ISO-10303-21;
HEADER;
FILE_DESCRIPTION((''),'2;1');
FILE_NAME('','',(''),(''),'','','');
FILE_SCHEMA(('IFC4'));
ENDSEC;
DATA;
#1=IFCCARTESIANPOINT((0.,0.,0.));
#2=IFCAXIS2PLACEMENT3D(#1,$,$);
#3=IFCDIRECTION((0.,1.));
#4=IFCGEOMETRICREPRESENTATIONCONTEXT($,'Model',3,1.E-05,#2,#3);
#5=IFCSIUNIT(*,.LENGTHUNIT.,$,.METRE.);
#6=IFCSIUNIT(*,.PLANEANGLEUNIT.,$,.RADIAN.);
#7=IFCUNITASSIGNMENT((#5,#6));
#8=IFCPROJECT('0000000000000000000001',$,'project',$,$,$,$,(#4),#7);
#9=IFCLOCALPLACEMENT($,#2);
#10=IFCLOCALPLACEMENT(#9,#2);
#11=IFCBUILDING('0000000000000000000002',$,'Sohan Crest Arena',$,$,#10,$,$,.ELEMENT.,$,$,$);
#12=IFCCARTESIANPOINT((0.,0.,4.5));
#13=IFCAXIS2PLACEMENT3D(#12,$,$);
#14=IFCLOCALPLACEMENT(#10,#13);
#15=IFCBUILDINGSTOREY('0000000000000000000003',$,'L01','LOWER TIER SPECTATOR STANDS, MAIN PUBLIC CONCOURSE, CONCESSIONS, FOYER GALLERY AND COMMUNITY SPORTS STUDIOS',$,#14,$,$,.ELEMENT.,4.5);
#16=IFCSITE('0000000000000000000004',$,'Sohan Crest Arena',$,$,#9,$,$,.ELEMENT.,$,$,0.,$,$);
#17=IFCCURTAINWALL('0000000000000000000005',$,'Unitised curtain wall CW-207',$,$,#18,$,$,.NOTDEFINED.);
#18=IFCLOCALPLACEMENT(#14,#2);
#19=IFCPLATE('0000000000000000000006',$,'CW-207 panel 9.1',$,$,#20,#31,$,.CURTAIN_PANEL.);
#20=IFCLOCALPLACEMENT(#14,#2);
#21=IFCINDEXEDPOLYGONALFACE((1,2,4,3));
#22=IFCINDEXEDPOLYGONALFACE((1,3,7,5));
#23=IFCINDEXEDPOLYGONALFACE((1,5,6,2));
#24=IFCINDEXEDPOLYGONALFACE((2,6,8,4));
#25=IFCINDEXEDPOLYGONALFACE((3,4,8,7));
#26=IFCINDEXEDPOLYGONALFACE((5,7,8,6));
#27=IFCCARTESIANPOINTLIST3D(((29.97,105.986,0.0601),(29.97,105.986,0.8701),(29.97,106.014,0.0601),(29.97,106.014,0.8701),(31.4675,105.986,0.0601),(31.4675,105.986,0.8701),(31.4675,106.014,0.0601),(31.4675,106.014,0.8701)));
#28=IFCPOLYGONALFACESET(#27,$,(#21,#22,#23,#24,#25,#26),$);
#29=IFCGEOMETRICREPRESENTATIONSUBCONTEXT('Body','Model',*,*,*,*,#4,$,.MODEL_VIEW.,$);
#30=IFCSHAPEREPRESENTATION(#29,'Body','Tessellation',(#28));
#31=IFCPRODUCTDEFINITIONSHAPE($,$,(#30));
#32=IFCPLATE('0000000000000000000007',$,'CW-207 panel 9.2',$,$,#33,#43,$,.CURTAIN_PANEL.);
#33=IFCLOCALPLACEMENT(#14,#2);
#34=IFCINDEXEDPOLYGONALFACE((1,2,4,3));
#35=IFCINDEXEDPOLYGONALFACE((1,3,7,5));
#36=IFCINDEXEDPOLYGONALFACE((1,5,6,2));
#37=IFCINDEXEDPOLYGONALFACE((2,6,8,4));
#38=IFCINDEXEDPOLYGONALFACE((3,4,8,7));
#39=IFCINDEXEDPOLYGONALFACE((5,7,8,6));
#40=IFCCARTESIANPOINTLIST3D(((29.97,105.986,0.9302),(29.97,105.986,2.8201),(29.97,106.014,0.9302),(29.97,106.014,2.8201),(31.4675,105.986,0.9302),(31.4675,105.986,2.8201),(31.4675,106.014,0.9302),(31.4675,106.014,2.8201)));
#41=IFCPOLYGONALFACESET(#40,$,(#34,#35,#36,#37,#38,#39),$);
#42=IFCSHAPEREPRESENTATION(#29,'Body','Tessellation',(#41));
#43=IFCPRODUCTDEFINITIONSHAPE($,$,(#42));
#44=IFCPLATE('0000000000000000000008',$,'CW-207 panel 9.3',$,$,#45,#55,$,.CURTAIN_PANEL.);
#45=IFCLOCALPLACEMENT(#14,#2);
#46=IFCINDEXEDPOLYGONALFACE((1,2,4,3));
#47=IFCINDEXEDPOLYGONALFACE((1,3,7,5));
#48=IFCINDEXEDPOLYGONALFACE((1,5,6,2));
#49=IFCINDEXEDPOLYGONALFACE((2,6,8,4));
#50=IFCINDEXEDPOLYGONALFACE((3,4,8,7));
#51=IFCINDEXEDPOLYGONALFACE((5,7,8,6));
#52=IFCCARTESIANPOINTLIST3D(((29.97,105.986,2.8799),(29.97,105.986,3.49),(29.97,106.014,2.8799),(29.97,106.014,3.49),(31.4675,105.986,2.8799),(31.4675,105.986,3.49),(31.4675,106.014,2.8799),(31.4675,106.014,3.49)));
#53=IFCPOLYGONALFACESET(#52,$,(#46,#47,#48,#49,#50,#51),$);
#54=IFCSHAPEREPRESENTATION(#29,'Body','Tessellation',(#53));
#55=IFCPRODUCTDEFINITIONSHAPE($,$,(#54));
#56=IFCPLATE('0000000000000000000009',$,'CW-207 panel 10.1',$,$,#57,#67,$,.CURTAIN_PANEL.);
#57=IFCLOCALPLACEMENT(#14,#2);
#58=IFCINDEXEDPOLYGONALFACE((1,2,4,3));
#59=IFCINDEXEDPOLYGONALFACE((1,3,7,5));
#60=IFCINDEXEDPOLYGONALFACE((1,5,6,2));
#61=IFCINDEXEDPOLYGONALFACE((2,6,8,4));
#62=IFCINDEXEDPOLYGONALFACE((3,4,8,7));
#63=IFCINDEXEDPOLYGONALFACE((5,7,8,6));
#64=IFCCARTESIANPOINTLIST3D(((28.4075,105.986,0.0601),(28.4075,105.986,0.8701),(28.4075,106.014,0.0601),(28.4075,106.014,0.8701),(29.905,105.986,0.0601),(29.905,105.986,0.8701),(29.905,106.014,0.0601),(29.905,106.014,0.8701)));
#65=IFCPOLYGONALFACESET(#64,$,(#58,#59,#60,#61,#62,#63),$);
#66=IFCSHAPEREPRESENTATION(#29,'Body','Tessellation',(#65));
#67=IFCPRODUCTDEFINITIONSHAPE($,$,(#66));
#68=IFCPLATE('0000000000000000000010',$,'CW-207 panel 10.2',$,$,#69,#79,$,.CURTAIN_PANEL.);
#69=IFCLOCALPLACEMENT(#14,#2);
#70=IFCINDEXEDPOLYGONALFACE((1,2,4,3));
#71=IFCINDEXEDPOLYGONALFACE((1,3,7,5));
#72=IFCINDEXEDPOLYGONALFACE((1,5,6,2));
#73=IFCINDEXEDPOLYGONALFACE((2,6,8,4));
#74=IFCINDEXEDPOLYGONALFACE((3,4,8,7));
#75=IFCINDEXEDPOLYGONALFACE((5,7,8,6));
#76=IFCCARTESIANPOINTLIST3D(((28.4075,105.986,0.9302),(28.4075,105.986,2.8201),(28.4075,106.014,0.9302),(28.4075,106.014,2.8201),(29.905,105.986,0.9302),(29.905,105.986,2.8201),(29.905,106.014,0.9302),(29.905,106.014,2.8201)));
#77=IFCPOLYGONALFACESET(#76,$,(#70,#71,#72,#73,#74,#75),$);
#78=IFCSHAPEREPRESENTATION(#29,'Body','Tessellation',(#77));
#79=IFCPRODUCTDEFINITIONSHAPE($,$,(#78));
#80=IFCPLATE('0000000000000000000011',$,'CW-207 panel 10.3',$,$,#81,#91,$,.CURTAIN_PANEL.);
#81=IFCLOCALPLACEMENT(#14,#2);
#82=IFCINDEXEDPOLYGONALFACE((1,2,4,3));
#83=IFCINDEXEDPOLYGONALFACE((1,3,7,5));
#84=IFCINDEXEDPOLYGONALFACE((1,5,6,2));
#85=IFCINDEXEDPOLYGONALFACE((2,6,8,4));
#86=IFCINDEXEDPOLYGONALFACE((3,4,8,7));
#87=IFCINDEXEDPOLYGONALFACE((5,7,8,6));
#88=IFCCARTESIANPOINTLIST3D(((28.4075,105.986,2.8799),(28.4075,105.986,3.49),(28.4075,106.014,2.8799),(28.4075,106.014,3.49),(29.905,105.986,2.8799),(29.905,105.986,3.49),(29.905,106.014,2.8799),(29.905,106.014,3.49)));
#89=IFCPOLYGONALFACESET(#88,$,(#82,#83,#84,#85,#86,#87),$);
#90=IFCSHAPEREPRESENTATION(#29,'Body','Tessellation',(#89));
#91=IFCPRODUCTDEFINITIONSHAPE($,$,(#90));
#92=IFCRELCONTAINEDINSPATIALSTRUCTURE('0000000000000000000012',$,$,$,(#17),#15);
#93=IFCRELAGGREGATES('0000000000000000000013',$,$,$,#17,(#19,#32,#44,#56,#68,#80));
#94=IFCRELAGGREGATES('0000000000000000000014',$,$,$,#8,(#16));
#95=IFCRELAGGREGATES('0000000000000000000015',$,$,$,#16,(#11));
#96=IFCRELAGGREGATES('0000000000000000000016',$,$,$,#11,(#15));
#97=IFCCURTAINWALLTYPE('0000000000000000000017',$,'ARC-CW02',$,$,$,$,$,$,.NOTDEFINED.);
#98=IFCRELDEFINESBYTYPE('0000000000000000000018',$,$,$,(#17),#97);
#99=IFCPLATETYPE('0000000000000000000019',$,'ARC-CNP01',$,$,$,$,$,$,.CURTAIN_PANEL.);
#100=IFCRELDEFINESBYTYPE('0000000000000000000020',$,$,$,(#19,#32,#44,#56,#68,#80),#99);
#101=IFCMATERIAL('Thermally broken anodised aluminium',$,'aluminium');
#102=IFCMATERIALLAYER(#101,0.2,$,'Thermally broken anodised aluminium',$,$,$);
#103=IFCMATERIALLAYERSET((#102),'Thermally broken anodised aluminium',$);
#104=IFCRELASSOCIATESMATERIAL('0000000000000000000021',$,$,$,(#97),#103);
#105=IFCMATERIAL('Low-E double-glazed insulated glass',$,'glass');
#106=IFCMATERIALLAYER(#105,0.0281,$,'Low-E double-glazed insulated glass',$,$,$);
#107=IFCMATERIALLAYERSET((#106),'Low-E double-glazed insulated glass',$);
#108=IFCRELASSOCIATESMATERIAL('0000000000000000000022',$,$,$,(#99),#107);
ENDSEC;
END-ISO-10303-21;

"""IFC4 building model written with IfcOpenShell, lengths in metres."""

from ifc_helpers import new_model, si_unit, direction, frame, origin, origin_2d, place, context, subcontext, project, spatial, rectangle, extrude, material, layer, layer_set, type_object, element, aggregate, save


model = new_model("IFC4")

# Units and contexts
model_context = context("Model", 3, precision=1e-05, world=origin(), true_north=direction((0.0, 1.0)))
body_context = subcontext(model_context, "Body", "Model", "MODEL_VIEW")
ifc_project = project(units=[si_unit("LENGTHUNIT", "METRE"), si_unit("PLANEANGLEUNIT", "RADIAN")], contexts=[model_context])

# Site, building, storey
site_placement = place(None, origin())
site = spatial("IfcSite", under=ifc_project, at=site_placement, Name="Sohan Crest Arena", CompositionType="ELEMENT", RefElevation=0.0)
building_placement = place(site_placement, origin())
building = spatial("IfcBuilding", under=site, at=building_placement, Name="Sohan Crest Arena", CompositionType="ELEMENT")
storey_placement = place(building_placement, frame((0.0, 0.0, 4.5)))
storey = spatial("IfcBuildingStorey", under=building, at=storey_placement, Name="L01", Description="LOWER TIER SPECTATOR STANDS, MAIN PUBLIC CONCOURSE, CONCESSIONS, FOYER GALLERY AND COMMUNITY SPORTS STUDIOS", CompositionType="ELEMENT", Elevation=4.5)

# Curtain wall, plates
ifc_material_1 = material(Name="Thermally broken anodised aluminium", Category="aluminium")
ifc_layer_1 = layer(ifc_material_1, 0.2, Name="Thermally broken anodised aluminium")
ifc_layer_set_1 = layer_set([ifc_layer_1], Name="Thermally broken anodised aluminium")
curtain_wall_type = type_object("IfcCurtainWallType", Name="ARC-CW02", PredefinedType="NOTDEFINED", material=ifc_layer_set_1)
curtain_wall_placement = place(storey_placement, origin())
curtain_wall = element("IfcCurtainWall", 1, at=curtain_wall_placement, inside=storey, type_object=curtain_wall_type, Name="Unitised curtain wall CW-207", PredefinedType="NOTDEFINED")
ifc_material_2 = material(Name="Low-E double-glazed insulated glass", Category="glass")
ifc_layer_2 = layer(ifc_material_2, 0.0281, Name="Low-E double-glazed insulated glass")
ifc_layer_set_2 = layer_set([ifc_layer_2], Name="Low-E double-glazed insulated glass")
plate_type = type_object("IfcPlateType", Name="ARC-CNP01", PredefinedType="CURTAIN_PANEL", material=ifc_layer_set_2)
plate_1_placement = place(storey_placement, frame((30.7188, 106.0, 0.0601), z_axis=(0.0, 0.0, 1.0), x_axis=(-1.0, 0.0, 0.0)))
plate_1 = element("IfcPlate", 2, at=plate_1_placement, type_object=plate_type, Name="CW-207 panel 9.1", PredefinedType="CURTAIN_PANEL", context=body_context, shape_type="SweptSolid", body=[
    extrude(rectangle(XDim=1.4976, YDim=0.0281, at=origin_2d()), origin(), (0.0, 0.0, 1.0), 0.8101),
])
plate_2_placement = place(storey_placement, frame((30.7188, 106.0, 0.9302), z_axis=(0.0, 0.0, 1.0), x_axis=(-1.0, 0.0, 0.0)))
plate_2 = element("IfcPlate", 3, at=plate_2_placement, type_object=plate_type, Name="CW-207 panel 9.2", PredefinedType="CURTAIN_PANEL", context=body_context, shape_type="SweptSolid", body=[
    extrude(rectangle(XDim=1.4976, YDim=0.0281, at=origin_2d()), origin(), (0.0, 0.0, 1.0), 1.8899),
])
plate_3_placement = place(storey_placement, frame((30.7188, 106.0, 2.8799), z_axis=(0.0, 0.0, 1.0), x_axis=(-1.0, 0.0, 0.0)))
plate_3 = element("IfcPlate", 4, at=plate_3_placement, type_object=plate_type, Name="CW-207 panel 9.3", PredefinedType="CURTAIN_PANEL", context=body_context, shape_type="SweptSolid", body=[
    extrude(rectangle(XDim=1.4976, YDim=0.0281, at=origin_2d()), origin(), (0.0, 0.0, 1.0), 0.6101),
])
plate_4_placement = place(storey_placement, frame((29.1562, 106.0, 0.0601), z_axis=(0.0, 0.0, 1.0), x_axis=(-1.0, 0.0, 0.0)))
plate_4 = element("IfcPlate", 5, at=plate_4_placement, type_object=plate_type, Name="CW-207 panel 10.1", PredefinedType="CURTAIN_PANEL", context=body_context, shape_type="SweptSolid", body=[
    extrude(rectangle(XDim=1.4976, YDim=0.0281, at=origin_2d()), origin(), (0.0, 0.0, 1.0), 0.8101),
])
plate_5_placement = place(storey_placement, frame((29.1562, 106.0, 0.9302), z_axis=(0.0, 0.0, 1.0), x_axis=(-1.0, 0.0, 0.0)))
plate_5 = element("IfcPlate", 6, at=plate_5_placement, type_object=plate_type, Name="CW-207 panel 10.2", PredefinedType="CURTAIN_PANEL", context=body_context, shape_type="SweptSolid", body=[
    extrude(rectangle(XDim=1.4976, YDim=0.0281, at=origin_2d()), origin(), (0.0, 0.0, 1.0), 1.8899),
])
plate_6_placement = place(storey_placement, frame((29.1562, 106.0, 2.8799), z_axis=(0.0, 0.0, 1.0), x_axis=(-1.0, 0.0, 0.0)))
plate_6 = element("IfcPlate", 7, at=plate_6_placement, type_object=plate_type, Name="CW-207 panel 10.3", PredefinedType="CURTAIN_PANEL", context=body_context, shape_type="SweptSolid", body=[
    extrude(rectangle(XDim=1.4976, YDim=0.0281, at=origin_2d()), origin(), (0.0, 0.0, 1.0), 0.6101),
])
aggregate(curtain_wall, [plate_1, plate_2, plate_3, plate_4, plate_5, plate_6])

save(model, "model.ifc")
